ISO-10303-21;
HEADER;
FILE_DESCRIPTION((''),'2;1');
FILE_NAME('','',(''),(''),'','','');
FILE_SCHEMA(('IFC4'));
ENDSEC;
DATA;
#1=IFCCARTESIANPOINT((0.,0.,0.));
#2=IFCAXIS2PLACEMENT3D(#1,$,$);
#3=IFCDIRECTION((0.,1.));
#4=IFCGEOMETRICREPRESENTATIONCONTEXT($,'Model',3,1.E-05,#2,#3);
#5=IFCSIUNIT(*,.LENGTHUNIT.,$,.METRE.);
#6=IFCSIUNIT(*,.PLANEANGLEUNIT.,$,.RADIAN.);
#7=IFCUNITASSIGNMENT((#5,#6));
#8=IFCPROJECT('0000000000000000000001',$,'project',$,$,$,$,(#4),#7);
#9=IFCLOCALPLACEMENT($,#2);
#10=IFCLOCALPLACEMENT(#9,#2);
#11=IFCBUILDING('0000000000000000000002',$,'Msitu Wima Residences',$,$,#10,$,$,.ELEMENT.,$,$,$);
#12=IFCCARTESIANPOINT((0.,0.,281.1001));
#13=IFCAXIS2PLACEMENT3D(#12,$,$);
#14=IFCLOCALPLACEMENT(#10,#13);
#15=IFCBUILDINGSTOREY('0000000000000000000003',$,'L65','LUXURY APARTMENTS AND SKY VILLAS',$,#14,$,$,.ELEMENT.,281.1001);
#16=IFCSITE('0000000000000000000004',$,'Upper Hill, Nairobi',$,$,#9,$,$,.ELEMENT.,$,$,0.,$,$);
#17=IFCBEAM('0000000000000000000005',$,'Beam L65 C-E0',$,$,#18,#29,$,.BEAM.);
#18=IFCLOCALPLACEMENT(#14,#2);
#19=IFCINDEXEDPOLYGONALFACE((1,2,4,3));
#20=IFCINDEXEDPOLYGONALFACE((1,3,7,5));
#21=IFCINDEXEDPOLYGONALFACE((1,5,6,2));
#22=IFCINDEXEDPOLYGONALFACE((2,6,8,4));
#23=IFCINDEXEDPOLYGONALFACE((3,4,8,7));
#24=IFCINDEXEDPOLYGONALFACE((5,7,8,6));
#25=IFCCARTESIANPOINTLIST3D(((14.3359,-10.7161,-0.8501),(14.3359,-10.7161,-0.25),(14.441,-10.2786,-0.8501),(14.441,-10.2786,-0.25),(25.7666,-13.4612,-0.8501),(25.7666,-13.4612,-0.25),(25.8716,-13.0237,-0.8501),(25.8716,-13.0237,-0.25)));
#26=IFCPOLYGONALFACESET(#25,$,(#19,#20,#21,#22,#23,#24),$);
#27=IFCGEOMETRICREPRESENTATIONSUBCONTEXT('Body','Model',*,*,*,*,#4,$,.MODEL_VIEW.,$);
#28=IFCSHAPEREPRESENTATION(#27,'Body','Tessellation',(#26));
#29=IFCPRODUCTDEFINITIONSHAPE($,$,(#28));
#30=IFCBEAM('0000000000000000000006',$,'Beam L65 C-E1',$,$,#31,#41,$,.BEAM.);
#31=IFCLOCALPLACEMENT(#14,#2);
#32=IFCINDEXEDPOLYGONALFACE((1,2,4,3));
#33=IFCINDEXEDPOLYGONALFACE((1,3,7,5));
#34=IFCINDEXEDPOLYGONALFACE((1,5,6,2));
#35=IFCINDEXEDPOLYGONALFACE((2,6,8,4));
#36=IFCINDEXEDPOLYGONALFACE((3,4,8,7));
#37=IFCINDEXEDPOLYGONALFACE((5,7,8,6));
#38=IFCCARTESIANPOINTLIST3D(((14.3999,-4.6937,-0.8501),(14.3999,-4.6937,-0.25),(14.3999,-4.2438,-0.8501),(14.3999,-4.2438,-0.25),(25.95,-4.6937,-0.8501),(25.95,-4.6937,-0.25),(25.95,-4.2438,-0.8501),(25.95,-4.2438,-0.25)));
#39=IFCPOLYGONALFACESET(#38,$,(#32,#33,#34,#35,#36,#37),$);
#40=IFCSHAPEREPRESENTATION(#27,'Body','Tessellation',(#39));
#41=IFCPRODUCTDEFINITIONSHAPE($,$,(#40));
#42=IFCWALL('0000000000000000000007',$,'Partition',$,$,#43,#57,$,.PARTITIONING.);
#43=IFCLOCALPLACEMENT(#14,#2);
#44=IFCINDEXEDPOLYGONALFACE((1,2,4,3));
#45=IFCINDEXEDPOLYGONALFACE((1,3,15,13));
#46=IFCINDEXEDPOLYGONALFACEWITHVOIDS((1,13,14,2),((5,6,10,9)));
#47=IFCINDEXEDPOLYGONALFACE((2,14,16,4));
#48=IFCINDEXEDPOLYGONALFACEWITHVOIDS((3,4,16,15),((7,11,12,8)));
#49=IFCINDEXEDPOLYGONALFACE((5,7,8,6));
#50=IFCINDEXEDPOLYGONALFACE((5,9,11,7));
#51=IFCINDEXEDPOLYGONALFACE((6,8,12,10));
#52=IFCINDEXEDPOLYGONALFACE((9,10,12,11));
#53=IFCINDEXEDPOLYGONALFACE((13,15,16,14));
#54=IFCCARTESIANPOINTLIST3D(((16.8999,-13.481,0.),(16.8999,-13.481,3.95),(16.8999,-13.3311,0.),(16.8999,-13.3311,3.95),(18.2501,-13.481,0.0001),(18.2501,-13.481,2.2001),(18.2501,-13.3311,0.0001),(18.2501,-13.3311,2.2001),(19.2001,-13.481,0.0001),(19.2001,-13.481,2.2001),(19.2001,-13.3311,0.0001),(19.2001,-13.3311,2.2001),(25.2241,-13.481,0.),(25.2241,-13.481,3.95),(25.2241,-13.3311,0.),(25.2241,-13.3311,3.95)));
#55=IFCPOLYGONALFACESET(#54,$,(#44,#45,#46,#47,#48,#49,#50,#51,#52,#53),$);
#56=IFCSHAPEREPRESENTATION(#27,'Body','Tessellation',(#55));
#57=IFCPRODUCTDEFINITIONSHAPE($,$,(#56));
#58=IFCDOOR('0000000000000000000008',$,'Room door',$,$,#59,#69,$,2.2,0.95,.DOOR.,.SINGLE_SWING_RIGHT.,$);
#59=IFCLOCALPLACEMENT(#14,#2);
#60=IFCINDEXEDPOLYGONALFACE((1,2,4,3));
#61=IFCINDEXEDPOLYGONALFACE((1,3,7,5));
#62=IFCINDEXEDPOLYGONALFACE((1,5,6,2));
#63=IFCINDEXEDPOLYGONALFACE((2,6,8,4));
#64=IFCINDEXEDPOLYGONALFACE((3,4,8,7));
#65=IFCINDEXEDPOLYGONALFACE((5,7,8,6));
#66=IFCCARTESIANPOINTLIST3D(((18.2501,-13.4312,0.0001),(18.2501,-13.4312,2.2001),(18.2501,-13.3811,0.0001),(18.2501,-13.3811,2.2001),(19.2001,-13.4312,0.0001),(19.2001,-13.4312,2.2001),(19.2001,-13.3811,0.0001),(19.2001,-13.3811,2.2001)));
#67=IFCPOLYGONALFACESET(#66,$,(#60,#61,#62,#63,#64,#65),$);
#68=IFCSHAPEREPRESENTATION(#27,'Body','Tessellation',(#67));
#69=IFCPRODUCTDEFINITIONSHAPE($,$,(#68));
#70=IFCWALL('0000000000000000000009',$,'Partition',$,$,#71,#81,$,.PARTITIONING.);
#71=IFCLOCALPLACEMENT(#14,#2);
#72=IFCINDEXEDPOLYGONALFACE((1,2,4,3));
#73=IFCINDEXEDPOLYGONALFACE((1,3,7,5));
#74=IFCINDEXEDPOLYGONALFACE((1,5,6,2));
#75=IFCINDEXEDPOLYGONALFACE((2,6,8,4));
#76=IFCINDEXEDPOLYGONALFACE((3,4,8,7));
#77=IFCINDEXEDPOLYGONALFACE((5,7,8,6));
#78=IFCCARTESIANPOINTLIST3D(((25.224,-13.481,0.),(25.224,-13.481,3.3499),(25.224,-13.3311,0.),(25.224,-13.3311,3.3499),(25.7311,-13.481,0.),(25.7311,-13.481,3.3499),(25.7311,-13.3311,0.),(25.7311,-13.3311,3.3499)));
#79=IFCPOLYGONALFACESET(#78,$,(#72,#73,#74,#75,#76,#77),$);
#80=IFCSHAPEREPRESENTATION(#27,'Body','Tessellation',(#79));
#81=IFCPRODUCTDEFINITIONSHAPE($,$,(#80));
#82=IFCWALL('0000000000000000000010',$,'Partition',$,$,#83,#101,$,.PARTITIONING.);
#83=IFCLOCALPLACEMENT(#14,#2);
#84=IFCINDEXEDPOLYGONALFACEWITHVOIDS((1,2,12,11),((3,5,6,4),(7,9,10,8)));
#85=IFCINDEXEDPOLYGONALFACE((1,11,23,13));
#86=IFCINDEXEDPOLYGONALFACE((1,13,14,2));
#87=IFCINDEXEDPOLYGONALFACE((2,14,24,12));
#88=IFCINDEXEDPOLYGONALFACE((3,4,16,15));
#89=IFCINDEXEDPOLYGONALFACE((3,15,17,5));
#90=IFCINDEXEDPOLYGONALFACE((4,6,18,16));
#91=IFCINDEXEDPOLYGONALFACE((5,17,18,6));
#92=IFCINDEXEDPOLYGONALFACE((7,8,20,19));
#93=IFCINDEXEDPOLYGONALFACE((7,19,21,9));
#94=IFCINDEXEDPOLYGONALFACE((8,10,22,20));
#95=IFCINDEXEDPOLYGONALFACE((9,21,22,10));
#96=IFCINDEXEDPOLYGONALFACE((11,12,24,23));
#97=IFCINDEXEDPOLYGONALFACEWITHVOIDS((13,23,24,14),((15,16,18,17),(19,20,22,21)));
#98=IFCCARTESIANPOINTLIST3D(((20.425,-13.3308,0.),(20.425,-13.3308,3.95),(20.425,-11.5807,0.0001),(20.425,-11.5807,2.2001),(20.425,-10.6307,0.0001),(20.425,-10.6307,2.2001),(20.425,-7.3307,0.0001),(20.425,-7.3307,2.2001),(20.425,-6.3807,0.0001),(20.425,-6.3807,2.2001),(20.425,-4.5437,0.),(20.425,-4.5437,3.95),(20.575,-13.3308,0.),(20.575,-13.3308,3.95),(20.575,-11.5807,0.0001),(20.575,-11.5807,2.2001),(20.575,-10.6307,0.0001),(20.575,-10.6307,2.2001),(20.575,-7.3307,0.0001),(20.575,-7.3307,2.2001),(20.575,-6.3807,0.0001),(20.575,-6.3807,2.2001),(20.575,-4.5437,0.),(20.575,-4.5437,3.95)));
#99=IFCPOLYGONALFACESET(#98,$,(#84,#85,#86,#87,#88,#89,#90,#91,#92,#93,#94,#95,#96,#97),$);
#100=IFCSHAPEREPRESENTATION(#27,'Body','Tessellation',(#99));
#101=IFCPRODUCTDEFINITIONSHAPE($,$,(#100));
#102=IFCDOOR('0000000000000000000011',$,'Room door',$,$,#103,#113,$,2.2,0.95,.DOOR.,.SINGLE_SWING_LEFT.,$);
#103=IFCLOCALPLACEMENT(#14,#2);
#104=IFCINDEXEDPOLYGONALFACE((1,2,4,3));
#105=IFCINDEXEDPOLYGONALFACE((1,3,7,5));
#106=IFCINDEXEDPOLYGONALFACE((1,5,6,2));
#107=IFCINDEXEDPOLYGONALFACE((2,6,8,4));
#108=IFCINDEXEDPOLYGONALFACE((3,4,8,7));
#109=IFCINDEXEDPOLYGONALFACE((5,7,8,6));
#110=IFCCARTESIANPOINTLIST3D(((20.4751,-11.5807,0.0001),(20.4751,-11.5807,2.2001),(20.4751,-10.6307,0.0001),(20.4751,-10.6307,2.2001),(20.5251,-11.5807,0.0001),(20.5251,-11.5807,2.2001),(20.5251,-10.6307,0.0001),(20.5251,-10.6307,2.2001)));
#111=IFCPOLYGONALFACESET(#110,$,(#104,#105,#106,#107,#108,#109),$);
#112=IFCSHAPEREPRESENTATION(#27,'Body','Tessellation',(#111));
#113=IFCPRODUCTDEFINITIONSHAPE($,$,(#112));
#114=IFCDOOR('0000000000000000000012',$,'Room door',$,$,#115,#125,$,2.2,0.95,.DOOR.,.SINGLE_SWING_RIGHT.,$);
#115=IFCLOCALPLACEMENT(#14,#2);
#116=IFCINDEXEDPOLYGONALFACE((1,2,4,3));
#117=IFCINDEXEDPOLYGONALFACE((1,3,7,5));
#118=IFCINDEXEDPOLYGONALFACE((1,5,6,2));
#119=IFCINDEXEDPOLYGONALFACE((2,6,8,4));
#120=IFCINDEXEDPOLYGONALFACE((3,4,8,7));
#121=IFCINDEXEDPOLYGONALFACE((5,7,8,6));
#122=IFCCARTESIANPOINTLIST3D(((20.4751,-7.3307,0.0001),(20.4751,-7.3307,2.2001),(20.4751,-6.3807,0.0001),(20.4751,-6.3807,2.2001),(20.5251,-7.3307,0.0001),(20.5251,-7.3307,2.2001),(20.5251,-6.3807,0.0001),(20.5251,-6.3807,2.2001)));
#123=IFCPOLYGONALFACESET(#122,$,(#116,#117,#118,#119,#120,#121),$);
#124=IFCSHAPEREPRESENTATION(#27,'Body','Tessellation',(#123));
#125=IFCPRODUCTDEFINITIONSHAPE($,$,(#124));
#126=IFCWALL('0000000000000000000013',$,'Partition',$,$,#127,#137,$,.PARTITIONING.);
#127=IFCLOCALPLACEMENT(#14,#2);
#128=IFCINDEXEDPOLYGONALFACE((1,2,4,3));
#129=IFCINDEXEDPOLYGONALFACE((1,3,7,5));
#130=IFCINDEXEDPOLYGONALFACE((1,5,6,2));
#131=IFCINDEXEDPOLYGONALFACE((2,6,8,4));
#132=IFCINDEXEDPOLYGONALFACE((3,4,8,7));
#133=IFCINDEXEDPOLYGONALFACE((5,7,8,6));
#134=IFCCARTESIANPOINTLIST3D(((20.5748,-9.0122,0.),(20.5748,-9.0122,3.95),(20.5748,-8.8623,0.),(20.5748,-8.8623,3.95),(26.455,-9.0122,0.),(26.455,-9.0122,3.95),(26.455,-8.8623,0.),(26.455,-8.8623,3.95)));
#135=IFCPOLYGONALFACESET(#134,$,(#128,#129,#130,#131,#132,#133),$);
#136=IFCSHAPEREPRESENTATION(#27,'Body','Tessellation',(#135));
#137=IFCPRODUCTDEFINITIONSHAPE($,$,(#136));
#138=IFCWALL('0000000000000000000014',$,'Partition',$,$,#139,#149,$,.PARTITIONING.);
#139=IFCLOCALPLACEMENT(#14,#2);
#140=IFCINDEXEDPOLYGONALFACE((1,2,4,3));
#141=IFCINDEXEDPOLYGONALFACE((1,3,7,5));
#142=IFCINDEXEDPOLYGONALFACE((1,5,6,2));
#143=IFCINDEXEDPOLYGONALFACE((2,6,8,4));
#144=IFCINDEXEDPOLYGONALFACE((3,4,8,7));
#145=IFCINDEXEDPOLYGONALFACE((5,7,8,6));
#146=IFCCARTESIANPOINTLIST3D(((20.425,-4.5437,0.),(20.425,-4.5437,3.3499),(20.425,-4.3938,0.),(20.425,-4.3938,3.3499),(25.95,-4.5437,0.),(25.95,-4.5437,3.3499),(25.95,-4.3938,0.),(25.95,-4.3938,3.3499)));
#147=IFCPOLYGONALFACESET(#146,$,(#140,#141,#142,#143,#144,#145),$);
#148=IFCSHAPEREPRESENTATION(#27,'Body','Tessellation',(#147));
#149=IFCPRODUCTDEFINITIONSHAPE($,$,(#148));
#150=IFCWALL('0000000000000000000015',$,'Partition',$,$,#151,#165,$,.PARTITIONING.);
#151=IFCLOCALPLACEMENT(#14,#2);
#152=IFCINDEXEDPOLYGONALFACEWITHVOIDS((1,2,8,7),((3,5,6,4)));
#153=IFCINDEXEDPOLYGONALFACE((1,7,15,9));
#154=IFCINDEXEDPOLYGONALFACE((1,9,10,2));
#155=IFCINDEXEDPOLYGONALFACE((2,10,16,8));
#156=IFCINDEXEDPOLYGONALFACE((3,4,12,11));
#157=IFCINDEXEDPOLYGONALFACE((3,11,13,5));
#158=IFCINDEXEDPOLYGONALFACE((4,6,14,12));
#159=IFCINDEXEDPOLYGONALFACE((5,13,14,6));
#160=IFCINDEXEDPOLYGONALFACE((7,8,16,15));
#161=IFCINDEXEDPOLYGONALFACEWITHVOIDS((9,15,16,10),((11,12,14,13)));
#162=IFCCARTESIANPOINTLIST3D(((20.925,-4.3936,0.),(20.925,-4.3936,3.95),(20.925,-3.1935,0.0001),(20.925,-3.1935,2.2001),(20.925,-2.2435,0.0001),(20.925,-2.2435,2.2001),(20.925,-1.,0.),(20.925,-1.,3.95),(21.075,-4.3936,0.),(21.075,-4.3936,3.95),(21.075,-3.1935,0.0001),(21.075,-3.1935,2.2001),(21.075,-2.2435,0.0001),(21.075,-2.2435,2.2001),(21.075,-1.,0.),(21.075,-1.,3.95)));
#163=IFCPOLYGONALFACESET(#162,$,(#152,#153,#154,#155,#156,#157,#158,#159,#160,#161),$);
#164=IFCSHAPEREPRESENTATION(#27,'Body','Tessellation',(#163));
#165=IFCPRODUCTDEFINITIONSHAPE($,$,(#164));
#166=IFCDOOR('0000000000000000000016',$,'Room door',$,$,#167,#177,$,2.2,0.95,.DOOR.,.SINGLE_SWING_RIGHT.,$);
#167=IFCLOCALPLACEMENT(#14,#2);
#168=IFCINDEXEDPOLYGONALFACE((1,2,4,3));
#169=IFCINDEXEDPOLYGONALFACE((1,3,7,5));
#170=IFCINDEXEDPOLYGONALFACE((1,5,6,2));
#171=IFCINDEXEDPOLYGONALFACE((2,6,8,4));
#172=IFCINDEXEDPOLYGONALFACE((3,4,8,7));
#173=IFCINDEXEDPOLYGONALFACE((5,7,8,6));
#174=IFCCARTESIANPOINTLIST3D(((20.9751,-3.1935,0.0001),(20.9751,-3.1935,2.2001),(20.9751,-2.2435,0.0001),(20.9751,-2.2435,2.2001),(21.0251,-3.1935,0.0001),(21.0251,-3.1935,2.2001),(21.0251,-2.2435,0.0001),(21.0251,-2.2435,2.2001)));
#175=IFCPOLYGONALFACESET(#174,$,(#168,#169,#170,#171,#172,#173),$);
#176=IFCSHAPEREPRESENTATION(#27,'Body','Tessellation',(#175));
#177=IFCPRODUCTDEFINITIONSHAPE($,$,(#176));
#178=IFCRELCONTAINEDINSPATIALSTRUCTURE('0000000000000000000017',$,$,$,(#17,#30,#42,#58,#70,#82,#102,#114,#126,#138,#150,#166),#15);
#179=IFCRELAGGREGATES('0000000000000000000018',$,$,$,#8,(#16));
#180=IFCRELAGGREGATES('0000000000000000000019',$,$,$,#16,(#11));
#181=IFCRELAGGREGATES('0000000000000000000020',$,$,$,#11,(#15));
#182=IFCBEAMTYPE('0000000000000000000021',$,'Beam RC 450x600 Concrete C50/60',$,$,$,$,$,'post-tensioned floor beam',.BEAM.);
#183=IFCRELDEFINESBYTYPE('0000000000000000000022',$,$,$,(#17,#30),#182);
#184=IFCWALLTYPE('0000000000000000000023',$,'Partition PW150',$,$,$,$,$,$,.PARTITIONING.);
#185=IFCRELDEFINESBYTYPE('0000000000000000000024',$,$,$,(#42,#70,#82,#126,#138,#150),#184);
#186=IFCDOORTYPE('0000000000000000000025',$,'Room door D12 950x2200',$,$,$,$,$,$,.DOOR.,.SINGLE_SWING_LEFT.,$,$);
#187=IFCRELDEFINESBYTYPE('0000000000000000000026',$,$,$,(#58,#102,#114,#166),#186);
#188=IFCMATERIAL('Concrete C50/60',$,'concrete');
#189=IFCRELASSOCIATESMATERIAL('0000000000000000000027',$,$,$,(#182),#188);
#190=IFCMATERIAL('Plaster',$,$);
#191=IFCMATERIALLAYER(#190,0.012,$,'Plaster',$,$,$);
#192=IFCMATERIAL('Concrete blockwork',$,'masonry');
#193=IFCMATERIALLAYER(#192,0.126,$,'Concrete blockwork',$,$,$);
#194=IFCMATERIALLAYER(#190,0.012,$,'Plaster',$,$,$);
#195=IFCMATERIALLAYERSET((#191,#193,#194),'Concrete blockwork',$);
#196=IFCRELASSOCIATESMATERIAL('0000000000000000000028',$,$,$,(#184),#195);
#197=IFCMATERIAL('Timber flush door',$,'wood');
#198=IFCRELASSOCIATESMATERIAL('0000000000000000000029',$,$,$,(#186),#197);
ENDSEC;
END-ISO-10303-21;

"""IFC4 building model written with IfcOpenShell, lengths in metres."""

from ifc_helpers import new_model, si_unit, direction, frame, frame_2d, origin, origin_2d, place, context, subcontext, project, spatial, rectangle, extrude, material, layer, layer_set, material_profile, profile_set, type_object, element, fill, save


model = new_model("IFC4")

# Units and contexts
model_context = context("Model", 3, precision=1e-05, world=origin(), true_north=direction((0.0, 1.0)))
body_context = subcontext(model_context, "Body", "Model", "MODEL_VIEW")
ifc_project = project(units=[si_unit("LENGTHUNIT", "METRE"), si_unit("PLANEANGLEUNIT", "RADIAN")], contexts=[model_context])

# Site, building, storey
site_placement = place(None, origin())
site = spatial("IfcSite", under=ifc_project, at=site_placement, Name="Upper Hill, Nairobi", CompositionType="ELEMENT", RefElevation=0.0)
building_placement = place(site_placement, origin())
building = spatial("IfcBuilding", under=site, at=building_placement, Name="Msitu Wima Residences", CompositionType="ELEMENT")
storey_placement = place(building_placement, frame((0.0, 0.0, 281.1001)))
storey = spatial("IfcBuildingStorey", under=building, at=storey_placement, Name="L65", Description="LUXURY APARTMENTS AND SKY VILLAS", CompositionType="ELEMENT", Elevation=281.1001)

# Beams
ifc_material_1 = material(Name="Concrete C50/60", Category="concrete")
ifc_material_profile = material_profile(ifc_material_1, rectangle(XDim=0.45, YDim=0.6001, at=origin_2d()), Name="RC 450x600")
ifc_profile_set = profile_set([ifc_material_profile], Name="Concrete C50/60")
beam_type = type_object("IfcBeamType", Name="Beam RC 450x600 Concrete C50/60", ElementType="post-tensioned floor beam", PredefinedType="BEAM", material=ifc_profile_set)
beam_1_placement = place(storey_placement, frame((25.8191, -13.2424, -0.55), z_axis=(-0.972353, 0.233514, 0.0), x_axis=(-0.233514, -0.972353, 0.0)))
element("IfcBeam", 1, at=beam_1_placement, inside=storey, type_object=beam_type, Name="Beam L65 C-E0", PredefinedType="BEAM", context=body_context, shape_type="SweptSolid", body=[
    extrude(rectangle(XDim=0.45, YDim=0.6001, at=origin_2d()), origin(), (0.0, 0.0, 1.0), 11.7556),
])
beam_2_placement = place(storey_placement, frame((25.95, -4.4688, -0.55), z_axis=(-1.0, 0.0, 0.0), x_axis=(0.0, -1.0, 0.0)))
element("IfcBeam", 2, at=beam_2_placement, inside=storey, type_object=beam_type, Name="Beam L65 C-E1", PredefinedType="BEAM", context=body_context, shape_type="SweptSolid", body=[
    extrude(rectangle(XDim=0.45, YDim=0.6001, at=origin_2d()), origin(), (0.0, 0.0, 1.0), 11.55),
])

# Wall, opening, door
ifc_material_2 = material(Name="Plaster")
ifc_layer_1 = layer(ifc_material_2, 0.012, Name="Plaster")
ifc_material_3 = material(Name="Concrete blockwork", Category="masonry")
ifc_layer_2 = layer(ifc_material_3, 0.126, Name="Concrete blockwork")
ifc_layer_3 = layer(ifc_material_2, 0.012, Name="Plaster")
ifc_layer_set_1 = layer_set([ifc_layer_1, ifc_layer_2, ifc_layer_3], Name="Concrete blockwork")
wall_type_1 = type_object("IfcWallType", Name="Partition PW150", PredefinedType="PARTITIONING", material=ifc_layer_set_1)
wall_1_placement = place(storey_placement, frame((16.8999, -13.406, 0.0), z_axis=(0.0, 0.0, 1.0), x_axis=(1.0, 0.0, 0.0)))
wall_1 = element("IfcWall", 3, at=wall_1_placement, inside=storey, type_object=wall_type_1, Name="Partition", PredefinedType="PARTITIONING", context=body_context, shape_type="SweptSolid", body=[
    extrude(rectangle(XDim=8.3242, YDim=0.1499, at=frame_2d((4.1621, 0.0))), origin(), (0.0, 0.0, 1.0), 3.95),
])
opening_1_placement = place(wall_1_placement, frame((1.3501, 0.0, 0.0)))
opening_1 = element("IfcOpeningElement", 4, at=opening_1_placement, cuts=wall_1, PredefinedType="OPENING", context=body_context, shape_type="SweptSolid", body=[
    extrude(rectangle(XDim=0.95, YDim=2.2, at=frame_2d((0.4751, 1.1001))), frame((0.0, 0.085, 0.0), z_axis=(0.0, -1.0, 0.0), x_axis=(1.0, 0.0, 0.0)), (0.0, 0.0, 1.0), 0.1699),
])
ifc_material_4 = material(Name="Timber flush door", Category="wood")
door_type_1 = type_object("IfcDoorType", Name="Room door D12 950x2200", OperationType="SINGLE_SWING_LEFT", PredefinedType="DOOR", material=ifc_material_4)
door_1_placement = place(opening_1_placement, origin())
door_1 = element("IfcDoor", 5, at=door_1_placement, inside=storey, type_object=door_type_1, Name="Room door", OperationType="SINGLE_SWING_RIGHT", OverallHeight=2.2, OverallWidth=0.95, PredefinedType="DOOR", context=body_context, shape_type="SweptSolid", body=[
    extrude(rectangle(XDim=0.95, YDim=2.2, at=frame_2d((0.4751, 1.1001))), frame((0.0, 0.0249, 0.0), z_axis=(0.0, -1.0, 0.0), x_axis=(1.0, 0.0, 0.0)), (0.0, 0.0, 1.0), 0.05),
])
fill(opening_1, door_1)

# Wall
wall_2_placement = place(storey_placement, frame((25.2241, -13.406, 0.0), z_axis=(0.0, 0.0, 1.0), x_axis=(1.0, 0.0, 0.0)))
element("IfcWall", 6, at=wall_2_placement, inside=storey, type_object=wall_type_1, Name="Partition", PredefinedType="PARTITIONING", context=body_context, shape_type="SweptSolid", body=[
    extrude(rectangle(XDim=0.5071, YDim=0.1499, at=frame_2d((0.2534, 0.0))), origin(), (0.0, 0.0, 1.0), 3.3499),
])

# Wall, openings, doors
wall_3_placement = place(storey_placement, frame((20.5, -13.3308, 0.0), z_axis=(0.0, 0.0, 1.0), x_axis=(0.0, 1.0, 0.0)))
wall_3 = element("IfcWall", 7, at=wall_3_placement, inside=storey, type_object=wall_type_1, Name="Partition", PredefinedType="PARTITIONING", context=body_context, shape_type="SweptSolid", body=[
    extrude(rectangle(XDim=8.7871, YDim=0.1499, at=frame_2d((4.3936, 0.0))), origin(), (0.0, 0.0, 1.0), 3.95),
])
opening_2_placement = place(wall_3_placement, frame((1.75, 0.0, 0.0)))
opening_2 = element("IfcOpeningElement", 8, at=opening_2_placement, cuts=wall_3, PredefinedType="OPENING", context=body_context, shape_type="SweptSolid", body=[
    extrude(rectangle(XDim=0.95, YDim=2.2, at=frame_2d((0.4751, 1.1001))), frame((0.0, 0.085, 0.0), z_axis=(0.0, -1.0, 0.0), x_axis=(1.0, 0.0, 0.0)), (0.0, 0.0, 1.0), 0.1699),
])
opening_3_placement = place(wall_3_placement, frame((6.0, 0.0, 0.0)))
opening_3 = element("IfcOpeningElement", 9, at=opening_3_placement, cuts=wall_3, PredefinedType="OPENING", context=body_context, shape_type="SweptSolid", body=[
    extrude(rectangle(XDim=0.95, YDim=2.2, at=frame_2d((0.4751, 1.1001))), frame((0.0, 0.085, 0.0), z_axis=(0.0, -1.0, 0.0), x_axis=(1.0, 0.0, 0.0)), (0.0, 0.0, 1.0), 0.1699),
])
door_2_placement = place(opening_2_placement, origin())
door_2 = element("IfcDoor", 10, at=door_2_placement, inside=storey, type_object=door_type_1, Name="Room door", OperationType="SINGLE_SWING_LEFT", OverallHeight=2.2, OverallWidth=0.95, PredefinedType="DOOR", context=body_context, shape_type="SweptSolid", body=[
    extrude(rectangle(XDim=0.95, YDim=2.2, at=frame_2d((0.4751, 1.1001))), frame((0.0, 0.0249, 0.0), z_axis=(0.0, -1.0, 0.0), x_axis=(1.0, 0.0, 0.0)), (0.0, 0.0, 1.0), 0.05),
])
fill(opening_2, door_2)
door_3_placement = place(opening_3_placement, origin())
door_3 = element("IfcDoor", 11, at=door_3_placement, inside=storey, type_object=door_type_1, Name="Room door", OperationType="SINGLE_SWING_RIGHT", OverallHeight=2.2, OverallWidth=0.95, PredefinedType="DOOR", context=body_context, shape_type="SweptSolid", body=[
    extrude(rectangle(XDim=0.95, YDim=2.2, at=frame_2d((0.4751, 1.1001))), frame((0.0, 0.0249, 0.0), z_axis=(0.0, -1.0, 0.0), x_axis=(1.0, 0.0, 0.0)), (0.0, 0.0, 1.0), 0.05),
])
fill(opening_3, door_3)

# Walls
wall_4_placement = place(storey_placement, frame((20.575, -8.9373, 0.0), z_axis=(0.0, 0.0, 1.0), x_axis=(1.0, 0.0, 0.0)))
element("IfcWall", 12, at=wall_4_placement, inside=storey, type_object=wall_type_1, Name="Partition", PredefinedType="PARTITIONING", context=body_context, shape_type="SweptSolid", body=[
    extrude(rectangle(XDim=5.8801, YDim=0.1499, at=frame_2d((2.9399, 0.0))), origin(), (0.0, 0.0, 1.0), 3.95),
])
wall_5_placement = place(storey_placement, frame((20.425, -4.4688, 0.0), z_axis=(0.0, 0.0, 1.0), x_axis=(1.0, 0.0, 0.0)))
element("IfcWall", 13, at=wall_5_placement, inside=storey, type_object=wall_type_1, Name="Partition", PredefinedType="PARTITIONING", context=body_context, shape_type="SweptSolid", body=[
    extrude(rectangle(XDim=5.5249, YDim=0.1499, at=frame_2d((2.7625, 0.0))), origin(), (0.0, 0.0, 1.0), 3.3499),
])

# Wall, opening, door
wall_6_placement = place(storey_placement, frame((21.0, -4.3936, 0.0), z_axis=(0.0, 0.0, 1.0), x_axis=(0.0, 1.0, 0.0)))
wall_6 = element("IfcWall", 14, at=wall_6_placement, inside=storey, type_object=wall_type_1, Name="Partition", PredefinedType="PARTITIONING", context=body_context, shape_type="SweptSolid", body=[
    extrude(rectangle(XDim=3.3936, YDim=0.1499, at=frame_2d((1.6968, 0.0))), origin(), (0.0, 0.0, 1.0), 3.95),
])
opening_4_placement = place(wall_6_placement, frame((1.2, 0.0, 0.0)))
opening_4 = element("IfcOpeningElement", 15, at=opening_4_placement, cuts=wall_6, PredefinedType="OPENING", context=body_context, shape_type="SweptSolid", body=[
    extrude(rectangle(XDim=0.95, YDim=2.2, at=frame_2d((0.4751, 1.1001))), frame((0.0, 0.085, 0.0), z_axis=(0.0, -1.0, 0.0), x_axis=(1.0, 0.0, 0.0)), (0.0, 0.0, 1.0), 0.1699),
])
door_4_placement = place(opening_4_placement, origin())
door_4 = element("IfcDoor", 16, at=door_4_placement, inside=storey, type_object=door_type_1, Name="Room door", OperationType="SINGLE_SWING_RIGHT", OverallHeight=2.2, OverallWidth=0.95, PredefinedType="DOOR", context=body_context, shape_type="SweptSolid", body=[
    extrude(rectangle(XDim=0.95, YDim=2.2, at=frame_2d((0.4751, 1.1001))), frame((0.0, 0.0249, 0.0), z_axis=(0.0, -1.0, 0.0), x_axis=(1.0, 0.0, 0.0)), (0.0, 0.0, 1.0), 0.05),
])
fill(opening_4, door_4)

save(model, "model.ifc")
